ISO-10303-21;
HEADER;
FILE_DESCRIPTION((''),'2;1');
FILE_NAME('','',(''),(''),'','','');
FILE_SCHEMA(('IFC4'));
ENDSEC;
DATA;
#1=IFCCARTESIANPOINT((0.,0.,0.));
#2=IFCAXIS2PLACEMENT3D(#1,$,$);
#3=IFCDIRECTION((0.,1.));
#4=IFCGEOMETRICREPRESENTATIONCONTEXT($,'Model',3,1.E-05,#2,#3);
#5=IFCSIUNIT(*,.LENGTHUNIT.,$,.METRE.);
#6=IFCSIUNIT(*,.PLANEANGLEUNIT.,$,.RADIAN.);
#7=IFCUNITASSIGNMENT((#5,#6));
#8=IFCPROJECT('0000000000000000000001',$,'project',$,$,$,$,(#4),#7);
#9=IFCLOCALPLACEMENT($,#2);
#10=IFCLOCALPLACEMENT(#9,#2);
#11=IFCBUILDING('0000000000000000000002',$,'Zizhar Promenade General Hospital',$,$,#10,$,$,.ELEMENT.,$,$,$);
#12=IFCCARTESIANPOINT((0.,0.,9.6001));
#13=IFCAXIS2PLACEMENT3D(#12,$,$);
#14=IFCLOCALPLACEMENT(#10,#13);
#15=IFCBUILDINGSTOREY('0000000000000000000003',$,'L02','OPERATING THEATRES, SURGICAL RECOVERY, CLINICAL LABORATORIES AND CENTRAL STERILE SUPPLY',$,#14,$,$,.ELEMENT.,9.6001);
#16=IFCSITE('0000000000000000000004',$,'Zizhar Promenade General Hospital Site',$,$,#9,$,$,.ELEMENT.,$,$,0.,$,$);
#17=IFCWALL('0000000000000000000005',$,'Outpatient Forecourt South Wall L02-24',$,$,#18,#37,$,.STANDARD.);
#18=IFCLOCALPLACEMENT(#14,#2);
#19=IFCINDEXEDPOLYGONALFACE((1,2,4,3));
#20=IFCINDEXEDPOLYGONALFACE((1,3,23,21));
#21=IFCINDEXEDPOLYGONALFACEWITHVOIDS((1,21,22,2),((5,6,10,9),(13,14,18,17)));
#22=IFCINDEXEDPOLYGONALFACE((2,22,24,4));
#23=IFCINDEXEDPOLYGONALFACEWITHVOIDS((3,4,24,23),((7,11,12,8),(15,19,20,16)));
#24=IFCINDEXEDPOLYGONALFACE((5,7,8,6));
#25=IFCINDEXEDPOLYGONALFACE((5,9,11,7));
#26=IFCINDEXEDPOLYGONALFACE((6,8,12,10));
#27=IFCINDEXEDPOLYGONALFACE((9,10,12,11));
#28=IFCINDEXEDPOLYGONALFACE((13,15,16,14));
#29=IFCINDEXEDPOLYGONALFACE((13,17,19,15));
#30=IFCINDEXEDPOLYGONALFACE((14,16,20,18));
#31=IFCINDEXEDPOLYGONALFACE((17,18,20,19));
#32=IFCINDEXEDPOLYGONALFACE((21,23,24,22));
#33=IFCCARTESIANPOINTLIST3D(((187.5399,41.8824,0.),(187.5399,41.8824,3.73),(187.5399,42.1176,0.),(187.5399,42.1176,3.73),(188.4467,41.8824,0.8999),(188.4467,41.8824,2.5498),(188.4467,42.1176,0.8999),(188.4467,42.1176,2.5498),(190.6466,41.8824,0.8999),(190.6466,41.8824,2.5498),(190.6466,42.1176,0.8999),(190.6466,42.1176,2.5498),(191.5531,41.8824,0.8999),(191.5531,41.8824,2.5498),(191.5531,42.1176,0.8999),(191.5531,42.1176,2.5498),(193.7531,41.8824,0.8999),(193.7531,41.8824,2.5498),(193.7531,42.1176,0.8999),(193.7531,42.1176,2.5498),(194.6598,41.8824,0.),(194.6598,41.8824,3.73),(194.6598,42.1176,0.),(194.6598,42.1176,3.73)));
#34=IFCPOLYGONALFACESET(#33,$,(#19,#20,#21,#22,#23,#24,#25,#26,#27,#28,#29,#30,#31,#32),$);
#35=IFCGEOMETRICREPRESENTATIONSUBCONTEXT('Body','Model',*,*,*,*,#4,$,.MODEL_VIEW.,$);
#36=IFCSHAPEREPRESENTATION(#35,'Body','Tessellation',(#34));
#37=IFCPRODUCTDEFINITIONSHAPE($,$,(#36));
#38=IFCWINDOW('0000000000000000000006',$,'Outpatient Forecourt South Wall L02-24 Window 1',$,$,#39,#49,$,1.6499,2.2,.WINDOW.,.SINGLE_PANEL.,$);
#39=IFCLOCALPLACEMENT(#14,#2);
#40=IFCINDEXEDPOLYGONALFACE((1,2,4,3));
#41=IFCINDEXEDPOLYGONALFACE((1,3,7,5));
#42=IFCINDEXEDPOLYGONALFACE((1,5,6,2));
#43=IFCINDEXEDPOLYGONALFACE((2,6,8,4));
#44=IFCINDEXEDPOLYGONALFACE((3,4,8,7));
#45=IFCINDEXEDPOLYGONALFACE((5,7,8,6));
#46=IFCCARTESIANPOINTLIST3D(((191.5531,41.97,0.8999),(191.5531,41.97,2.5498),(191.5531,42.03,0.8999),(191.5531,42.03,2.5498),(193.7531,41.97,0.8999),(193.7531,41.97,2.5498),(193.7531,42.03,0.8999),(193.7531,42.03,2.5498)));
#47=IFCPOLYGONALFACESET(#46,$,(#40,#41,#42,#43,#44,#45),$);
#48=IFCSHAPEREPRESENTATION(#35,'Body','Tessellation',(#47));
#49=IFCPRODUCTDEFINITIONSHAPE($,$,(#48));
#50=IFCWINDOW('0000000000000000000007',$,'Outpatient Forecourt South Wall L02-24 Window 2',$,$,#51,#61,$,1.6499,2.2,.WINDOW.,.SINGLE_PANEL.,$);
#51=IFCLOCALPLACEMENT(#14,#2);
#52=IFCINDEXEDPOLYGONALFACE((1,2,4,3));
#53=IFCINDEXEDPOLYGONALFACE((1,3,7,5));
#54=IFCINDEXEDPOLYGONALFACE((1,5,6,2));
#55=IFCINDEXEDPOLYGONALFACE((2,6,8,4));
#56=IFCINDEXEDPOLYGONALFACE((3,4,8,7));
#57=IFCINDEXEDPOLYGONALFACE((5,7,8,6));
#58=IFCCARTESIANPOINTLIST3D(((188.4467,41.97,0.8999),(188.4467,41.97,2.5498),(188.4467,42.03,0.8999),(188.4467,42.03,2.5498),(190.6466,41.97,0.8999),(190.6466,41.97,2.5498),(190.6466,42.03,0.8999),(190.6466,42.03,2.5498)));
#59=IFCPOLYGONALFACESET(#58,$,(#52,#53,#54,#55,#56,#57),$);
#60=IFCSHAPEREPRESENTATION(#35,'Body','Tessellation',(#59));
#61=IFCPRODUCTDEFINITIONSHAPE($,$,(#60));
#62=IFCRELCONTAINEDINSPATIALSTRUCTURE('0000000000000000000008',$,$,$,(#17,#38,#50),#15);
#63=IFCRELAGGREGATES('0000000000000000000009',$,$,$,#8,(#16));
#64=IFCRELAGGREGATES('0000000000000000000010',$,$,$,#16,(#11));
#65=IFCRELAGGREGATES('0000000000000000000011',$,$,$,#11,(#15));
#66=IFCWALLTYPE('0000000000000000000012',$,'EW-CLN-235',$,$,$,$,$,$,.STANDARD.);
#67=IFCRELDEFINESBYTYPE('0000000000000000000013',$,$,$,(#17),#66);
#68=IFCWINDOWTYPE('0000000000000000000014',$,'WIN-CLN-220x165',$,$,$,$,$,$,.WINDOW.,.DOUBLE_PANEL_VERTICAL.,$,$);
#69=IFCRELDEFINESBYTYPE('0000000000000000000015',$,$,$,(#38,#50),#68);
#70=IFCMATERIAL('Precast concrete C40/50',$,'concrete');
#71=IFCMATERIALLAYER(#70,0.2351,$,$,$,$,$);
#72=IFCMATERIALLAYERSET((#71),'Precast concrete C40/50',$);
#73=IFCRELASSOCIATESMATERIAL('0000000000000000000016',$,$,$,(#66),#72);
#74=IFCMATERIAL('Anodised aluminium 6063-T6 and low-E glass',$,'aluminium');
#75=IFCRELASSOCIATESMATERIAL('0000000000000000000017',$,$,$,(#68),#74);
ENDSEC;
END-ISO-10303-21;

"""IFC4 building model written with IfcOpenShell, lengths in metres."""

from ifc_helpers import new_model, si_unit, direction, frame, frame_2d, origin, place, context, subcontext, project, spatial, rectangle, extrude, material, layer, layer_set, type_object, element, fill, save


model = new_model("IFC4")

# Units and contexts
model_context = context("Model", 3, precision=1e-05, world=origin(), true_north=direction((0.0, 1.0)))
body_context = subcontext(model_context, "Body", "Model", "MODEL_VIEW")
ifc_project = project(units=[si_unit("LENGTHUNIT", "METRE"), si_unit("PLANEANGLEUNIT", "RADIAN")], contexts=[model_context])

# Site, building, storey
site_placement = place(None, origin())
site = spatial("IfcSite", under=ifc_project, at=site_placement, Name="Zizhar Promenade General Hospital Site", CompositionType="ELEMENT", RefElevation=0.0)
building_placement = place(site_placement, origin())
building = spatial("IfcBuilding", under=site, at=building_placement, Name="Zizhar Promenade General Hospital", CompositionType="ELEMENT")
storey_placement = place(building_placement, frame((0.0, 0.0, 9.6001)))
storey = spatial("IfcBuildingStorey", under=building, at=storey_placement, Name="L02", Description="OPERATING THEATRES, SURGICAL RECOVERY, CLINICAL LABORATORIES AND CENTRAL STERILE SUPPLY", CompositionType="ELEMENT", Elevation=9.6001)

# Wall, openings, windows
ifc_material_1 = material(Name="Precast concrete C40/50", Category="concrete")
ifc_layer_1 = layer(ifc_material_1, 0.2351)
ifc_layer_set_1 = layer_set([ifc_layer_1], Name="Precast concrete C40/50")
wall_type = type_object("IfcWallType", Name="EW-CLN-235", PredefinedType="STANDARD", material=ifc_layer_set_1)
wall_placement = place(storey_placement, frame((194.6599, 42.0, 0.0), z_axis=(0.0, 0.0, 1.0), x_axis=(-1.0, 0.0, 0.0)))
wall = element("IfcWall", 1, at=wall_placement, inside=storey, type_object=wall_type, Name="Outpatient Forecourt South Wall L02-24", PredefinedType="STANDARD", context=body_context, shape_type="SweptSolid", body=[
    extrude(rectangle(XDim=7.1199, YDim=0.2351, at=frame_2d((3.5601, 0.0))), origin(), (0.0, 0.0, 1.0), 3.73),
])
opening_1_placement = place(wall_placement, frame((0.9067, 0.0, 0.8999)))
opening_1 = element("IfcOpeningElement", 2, at=opening_1_placement, cuts=wall, PredefinedType="OPENING", context=body_context, shape_type="SweptSolid", body=[
    extrude(rectangle(XDim=2.2, YDim=1.6499, at=frame_2d((1.1001, 0.825))), frame((0.0, 0.1274, 0.0), z_axis=(0.0, -1.0, 0.0), x_axis=(1.0, 0.0, 0.0)), (0.0, 0.0, 1.0), 0.2551),
])
opening_2_placement = place(wall_placement, frame((4.0132, 0.0, 0.8999)))
opening_2 = element("IfcOpeningElement", 3, at=opening_2_placement, cuts=wall, PredefinedType="OPENING", context=body_context, shape_type="SweptSolid", body=[
    extrude(rectangle(XDim=2.2, YDim=1.6499, at=frame_2d((1.1001, 0.825))), frame((0.0, 0.1274, 0.0), z_axis=(0.0, -1.0, 0.0), x_axis=(1.0, 0.0, 0.0)), (0.0, 0.0, 1.0), 0.2551),
])
ifc_material_2 = material(Name="Anodised aluminium 6063-T6 and low-E glass", Category="aluminium")
window_type = type_object("IfcWindowType", Name="WIN-CLN-220x165", PartitioningType="DOUBLE_PANEL_VERTICAL", PredefinedType="WINDOW", material=ifc_material_2)
window_1_placement = place(opening_1_placement, origin())
window_1 = element("IfcWindow", 4, at=window_1_placement, inside=storey, type_object=window_type, Name="Outpatient Forecourt South Wall L02-24 Window 1", OverallHeight=1.6499, OverallWidth=2.2, PartitioningType="SINGLE_PANEL", PredefinedType="WINDOW", context=body_context, shape_type="SweptSolid", body=[
    extrude(rectangle(XDim=2.2, YDim=1.6499, at=frame_2d((1.1001, 0.825))), frame((0.0, 0.03, 0.0), z_axis=(0.0, -1.0, 0.0), x_axis=(1.0, 0.0, 0.0)), (0.0, 0.0, 1.0), 0.0601),
])
fill(opening_1, window_1)
window_2_placement = place(opening_2_placement, origin())
window_2 = element("IfcWindow", 5, at=window_2_placement, inside=storey, type_object=window_type, Name="Outpatient Forecourt South Wall L02-24 Window 2", OverallHeight=1.6499, OverallWidth=2.2, PartitioningType="SINGLE_PANEL", PredefinedType="WINDOW", context=body_context, shape_type="SweptSolid", body=[
    extrude(rectangle(XDim=2.2, YDim=1.6499, at=frame_2d((1.1001, 0.825))), frame((0.0, 0.03, 0.0), z_axis=(0.0, -1.0, 0.0), x_axis=(1.0, 0.0, 0.0)), (0.0, 0.0, 1.0), 0.0601),
])
fill(opening_2, window_2)

save(model, "model.ifc")
